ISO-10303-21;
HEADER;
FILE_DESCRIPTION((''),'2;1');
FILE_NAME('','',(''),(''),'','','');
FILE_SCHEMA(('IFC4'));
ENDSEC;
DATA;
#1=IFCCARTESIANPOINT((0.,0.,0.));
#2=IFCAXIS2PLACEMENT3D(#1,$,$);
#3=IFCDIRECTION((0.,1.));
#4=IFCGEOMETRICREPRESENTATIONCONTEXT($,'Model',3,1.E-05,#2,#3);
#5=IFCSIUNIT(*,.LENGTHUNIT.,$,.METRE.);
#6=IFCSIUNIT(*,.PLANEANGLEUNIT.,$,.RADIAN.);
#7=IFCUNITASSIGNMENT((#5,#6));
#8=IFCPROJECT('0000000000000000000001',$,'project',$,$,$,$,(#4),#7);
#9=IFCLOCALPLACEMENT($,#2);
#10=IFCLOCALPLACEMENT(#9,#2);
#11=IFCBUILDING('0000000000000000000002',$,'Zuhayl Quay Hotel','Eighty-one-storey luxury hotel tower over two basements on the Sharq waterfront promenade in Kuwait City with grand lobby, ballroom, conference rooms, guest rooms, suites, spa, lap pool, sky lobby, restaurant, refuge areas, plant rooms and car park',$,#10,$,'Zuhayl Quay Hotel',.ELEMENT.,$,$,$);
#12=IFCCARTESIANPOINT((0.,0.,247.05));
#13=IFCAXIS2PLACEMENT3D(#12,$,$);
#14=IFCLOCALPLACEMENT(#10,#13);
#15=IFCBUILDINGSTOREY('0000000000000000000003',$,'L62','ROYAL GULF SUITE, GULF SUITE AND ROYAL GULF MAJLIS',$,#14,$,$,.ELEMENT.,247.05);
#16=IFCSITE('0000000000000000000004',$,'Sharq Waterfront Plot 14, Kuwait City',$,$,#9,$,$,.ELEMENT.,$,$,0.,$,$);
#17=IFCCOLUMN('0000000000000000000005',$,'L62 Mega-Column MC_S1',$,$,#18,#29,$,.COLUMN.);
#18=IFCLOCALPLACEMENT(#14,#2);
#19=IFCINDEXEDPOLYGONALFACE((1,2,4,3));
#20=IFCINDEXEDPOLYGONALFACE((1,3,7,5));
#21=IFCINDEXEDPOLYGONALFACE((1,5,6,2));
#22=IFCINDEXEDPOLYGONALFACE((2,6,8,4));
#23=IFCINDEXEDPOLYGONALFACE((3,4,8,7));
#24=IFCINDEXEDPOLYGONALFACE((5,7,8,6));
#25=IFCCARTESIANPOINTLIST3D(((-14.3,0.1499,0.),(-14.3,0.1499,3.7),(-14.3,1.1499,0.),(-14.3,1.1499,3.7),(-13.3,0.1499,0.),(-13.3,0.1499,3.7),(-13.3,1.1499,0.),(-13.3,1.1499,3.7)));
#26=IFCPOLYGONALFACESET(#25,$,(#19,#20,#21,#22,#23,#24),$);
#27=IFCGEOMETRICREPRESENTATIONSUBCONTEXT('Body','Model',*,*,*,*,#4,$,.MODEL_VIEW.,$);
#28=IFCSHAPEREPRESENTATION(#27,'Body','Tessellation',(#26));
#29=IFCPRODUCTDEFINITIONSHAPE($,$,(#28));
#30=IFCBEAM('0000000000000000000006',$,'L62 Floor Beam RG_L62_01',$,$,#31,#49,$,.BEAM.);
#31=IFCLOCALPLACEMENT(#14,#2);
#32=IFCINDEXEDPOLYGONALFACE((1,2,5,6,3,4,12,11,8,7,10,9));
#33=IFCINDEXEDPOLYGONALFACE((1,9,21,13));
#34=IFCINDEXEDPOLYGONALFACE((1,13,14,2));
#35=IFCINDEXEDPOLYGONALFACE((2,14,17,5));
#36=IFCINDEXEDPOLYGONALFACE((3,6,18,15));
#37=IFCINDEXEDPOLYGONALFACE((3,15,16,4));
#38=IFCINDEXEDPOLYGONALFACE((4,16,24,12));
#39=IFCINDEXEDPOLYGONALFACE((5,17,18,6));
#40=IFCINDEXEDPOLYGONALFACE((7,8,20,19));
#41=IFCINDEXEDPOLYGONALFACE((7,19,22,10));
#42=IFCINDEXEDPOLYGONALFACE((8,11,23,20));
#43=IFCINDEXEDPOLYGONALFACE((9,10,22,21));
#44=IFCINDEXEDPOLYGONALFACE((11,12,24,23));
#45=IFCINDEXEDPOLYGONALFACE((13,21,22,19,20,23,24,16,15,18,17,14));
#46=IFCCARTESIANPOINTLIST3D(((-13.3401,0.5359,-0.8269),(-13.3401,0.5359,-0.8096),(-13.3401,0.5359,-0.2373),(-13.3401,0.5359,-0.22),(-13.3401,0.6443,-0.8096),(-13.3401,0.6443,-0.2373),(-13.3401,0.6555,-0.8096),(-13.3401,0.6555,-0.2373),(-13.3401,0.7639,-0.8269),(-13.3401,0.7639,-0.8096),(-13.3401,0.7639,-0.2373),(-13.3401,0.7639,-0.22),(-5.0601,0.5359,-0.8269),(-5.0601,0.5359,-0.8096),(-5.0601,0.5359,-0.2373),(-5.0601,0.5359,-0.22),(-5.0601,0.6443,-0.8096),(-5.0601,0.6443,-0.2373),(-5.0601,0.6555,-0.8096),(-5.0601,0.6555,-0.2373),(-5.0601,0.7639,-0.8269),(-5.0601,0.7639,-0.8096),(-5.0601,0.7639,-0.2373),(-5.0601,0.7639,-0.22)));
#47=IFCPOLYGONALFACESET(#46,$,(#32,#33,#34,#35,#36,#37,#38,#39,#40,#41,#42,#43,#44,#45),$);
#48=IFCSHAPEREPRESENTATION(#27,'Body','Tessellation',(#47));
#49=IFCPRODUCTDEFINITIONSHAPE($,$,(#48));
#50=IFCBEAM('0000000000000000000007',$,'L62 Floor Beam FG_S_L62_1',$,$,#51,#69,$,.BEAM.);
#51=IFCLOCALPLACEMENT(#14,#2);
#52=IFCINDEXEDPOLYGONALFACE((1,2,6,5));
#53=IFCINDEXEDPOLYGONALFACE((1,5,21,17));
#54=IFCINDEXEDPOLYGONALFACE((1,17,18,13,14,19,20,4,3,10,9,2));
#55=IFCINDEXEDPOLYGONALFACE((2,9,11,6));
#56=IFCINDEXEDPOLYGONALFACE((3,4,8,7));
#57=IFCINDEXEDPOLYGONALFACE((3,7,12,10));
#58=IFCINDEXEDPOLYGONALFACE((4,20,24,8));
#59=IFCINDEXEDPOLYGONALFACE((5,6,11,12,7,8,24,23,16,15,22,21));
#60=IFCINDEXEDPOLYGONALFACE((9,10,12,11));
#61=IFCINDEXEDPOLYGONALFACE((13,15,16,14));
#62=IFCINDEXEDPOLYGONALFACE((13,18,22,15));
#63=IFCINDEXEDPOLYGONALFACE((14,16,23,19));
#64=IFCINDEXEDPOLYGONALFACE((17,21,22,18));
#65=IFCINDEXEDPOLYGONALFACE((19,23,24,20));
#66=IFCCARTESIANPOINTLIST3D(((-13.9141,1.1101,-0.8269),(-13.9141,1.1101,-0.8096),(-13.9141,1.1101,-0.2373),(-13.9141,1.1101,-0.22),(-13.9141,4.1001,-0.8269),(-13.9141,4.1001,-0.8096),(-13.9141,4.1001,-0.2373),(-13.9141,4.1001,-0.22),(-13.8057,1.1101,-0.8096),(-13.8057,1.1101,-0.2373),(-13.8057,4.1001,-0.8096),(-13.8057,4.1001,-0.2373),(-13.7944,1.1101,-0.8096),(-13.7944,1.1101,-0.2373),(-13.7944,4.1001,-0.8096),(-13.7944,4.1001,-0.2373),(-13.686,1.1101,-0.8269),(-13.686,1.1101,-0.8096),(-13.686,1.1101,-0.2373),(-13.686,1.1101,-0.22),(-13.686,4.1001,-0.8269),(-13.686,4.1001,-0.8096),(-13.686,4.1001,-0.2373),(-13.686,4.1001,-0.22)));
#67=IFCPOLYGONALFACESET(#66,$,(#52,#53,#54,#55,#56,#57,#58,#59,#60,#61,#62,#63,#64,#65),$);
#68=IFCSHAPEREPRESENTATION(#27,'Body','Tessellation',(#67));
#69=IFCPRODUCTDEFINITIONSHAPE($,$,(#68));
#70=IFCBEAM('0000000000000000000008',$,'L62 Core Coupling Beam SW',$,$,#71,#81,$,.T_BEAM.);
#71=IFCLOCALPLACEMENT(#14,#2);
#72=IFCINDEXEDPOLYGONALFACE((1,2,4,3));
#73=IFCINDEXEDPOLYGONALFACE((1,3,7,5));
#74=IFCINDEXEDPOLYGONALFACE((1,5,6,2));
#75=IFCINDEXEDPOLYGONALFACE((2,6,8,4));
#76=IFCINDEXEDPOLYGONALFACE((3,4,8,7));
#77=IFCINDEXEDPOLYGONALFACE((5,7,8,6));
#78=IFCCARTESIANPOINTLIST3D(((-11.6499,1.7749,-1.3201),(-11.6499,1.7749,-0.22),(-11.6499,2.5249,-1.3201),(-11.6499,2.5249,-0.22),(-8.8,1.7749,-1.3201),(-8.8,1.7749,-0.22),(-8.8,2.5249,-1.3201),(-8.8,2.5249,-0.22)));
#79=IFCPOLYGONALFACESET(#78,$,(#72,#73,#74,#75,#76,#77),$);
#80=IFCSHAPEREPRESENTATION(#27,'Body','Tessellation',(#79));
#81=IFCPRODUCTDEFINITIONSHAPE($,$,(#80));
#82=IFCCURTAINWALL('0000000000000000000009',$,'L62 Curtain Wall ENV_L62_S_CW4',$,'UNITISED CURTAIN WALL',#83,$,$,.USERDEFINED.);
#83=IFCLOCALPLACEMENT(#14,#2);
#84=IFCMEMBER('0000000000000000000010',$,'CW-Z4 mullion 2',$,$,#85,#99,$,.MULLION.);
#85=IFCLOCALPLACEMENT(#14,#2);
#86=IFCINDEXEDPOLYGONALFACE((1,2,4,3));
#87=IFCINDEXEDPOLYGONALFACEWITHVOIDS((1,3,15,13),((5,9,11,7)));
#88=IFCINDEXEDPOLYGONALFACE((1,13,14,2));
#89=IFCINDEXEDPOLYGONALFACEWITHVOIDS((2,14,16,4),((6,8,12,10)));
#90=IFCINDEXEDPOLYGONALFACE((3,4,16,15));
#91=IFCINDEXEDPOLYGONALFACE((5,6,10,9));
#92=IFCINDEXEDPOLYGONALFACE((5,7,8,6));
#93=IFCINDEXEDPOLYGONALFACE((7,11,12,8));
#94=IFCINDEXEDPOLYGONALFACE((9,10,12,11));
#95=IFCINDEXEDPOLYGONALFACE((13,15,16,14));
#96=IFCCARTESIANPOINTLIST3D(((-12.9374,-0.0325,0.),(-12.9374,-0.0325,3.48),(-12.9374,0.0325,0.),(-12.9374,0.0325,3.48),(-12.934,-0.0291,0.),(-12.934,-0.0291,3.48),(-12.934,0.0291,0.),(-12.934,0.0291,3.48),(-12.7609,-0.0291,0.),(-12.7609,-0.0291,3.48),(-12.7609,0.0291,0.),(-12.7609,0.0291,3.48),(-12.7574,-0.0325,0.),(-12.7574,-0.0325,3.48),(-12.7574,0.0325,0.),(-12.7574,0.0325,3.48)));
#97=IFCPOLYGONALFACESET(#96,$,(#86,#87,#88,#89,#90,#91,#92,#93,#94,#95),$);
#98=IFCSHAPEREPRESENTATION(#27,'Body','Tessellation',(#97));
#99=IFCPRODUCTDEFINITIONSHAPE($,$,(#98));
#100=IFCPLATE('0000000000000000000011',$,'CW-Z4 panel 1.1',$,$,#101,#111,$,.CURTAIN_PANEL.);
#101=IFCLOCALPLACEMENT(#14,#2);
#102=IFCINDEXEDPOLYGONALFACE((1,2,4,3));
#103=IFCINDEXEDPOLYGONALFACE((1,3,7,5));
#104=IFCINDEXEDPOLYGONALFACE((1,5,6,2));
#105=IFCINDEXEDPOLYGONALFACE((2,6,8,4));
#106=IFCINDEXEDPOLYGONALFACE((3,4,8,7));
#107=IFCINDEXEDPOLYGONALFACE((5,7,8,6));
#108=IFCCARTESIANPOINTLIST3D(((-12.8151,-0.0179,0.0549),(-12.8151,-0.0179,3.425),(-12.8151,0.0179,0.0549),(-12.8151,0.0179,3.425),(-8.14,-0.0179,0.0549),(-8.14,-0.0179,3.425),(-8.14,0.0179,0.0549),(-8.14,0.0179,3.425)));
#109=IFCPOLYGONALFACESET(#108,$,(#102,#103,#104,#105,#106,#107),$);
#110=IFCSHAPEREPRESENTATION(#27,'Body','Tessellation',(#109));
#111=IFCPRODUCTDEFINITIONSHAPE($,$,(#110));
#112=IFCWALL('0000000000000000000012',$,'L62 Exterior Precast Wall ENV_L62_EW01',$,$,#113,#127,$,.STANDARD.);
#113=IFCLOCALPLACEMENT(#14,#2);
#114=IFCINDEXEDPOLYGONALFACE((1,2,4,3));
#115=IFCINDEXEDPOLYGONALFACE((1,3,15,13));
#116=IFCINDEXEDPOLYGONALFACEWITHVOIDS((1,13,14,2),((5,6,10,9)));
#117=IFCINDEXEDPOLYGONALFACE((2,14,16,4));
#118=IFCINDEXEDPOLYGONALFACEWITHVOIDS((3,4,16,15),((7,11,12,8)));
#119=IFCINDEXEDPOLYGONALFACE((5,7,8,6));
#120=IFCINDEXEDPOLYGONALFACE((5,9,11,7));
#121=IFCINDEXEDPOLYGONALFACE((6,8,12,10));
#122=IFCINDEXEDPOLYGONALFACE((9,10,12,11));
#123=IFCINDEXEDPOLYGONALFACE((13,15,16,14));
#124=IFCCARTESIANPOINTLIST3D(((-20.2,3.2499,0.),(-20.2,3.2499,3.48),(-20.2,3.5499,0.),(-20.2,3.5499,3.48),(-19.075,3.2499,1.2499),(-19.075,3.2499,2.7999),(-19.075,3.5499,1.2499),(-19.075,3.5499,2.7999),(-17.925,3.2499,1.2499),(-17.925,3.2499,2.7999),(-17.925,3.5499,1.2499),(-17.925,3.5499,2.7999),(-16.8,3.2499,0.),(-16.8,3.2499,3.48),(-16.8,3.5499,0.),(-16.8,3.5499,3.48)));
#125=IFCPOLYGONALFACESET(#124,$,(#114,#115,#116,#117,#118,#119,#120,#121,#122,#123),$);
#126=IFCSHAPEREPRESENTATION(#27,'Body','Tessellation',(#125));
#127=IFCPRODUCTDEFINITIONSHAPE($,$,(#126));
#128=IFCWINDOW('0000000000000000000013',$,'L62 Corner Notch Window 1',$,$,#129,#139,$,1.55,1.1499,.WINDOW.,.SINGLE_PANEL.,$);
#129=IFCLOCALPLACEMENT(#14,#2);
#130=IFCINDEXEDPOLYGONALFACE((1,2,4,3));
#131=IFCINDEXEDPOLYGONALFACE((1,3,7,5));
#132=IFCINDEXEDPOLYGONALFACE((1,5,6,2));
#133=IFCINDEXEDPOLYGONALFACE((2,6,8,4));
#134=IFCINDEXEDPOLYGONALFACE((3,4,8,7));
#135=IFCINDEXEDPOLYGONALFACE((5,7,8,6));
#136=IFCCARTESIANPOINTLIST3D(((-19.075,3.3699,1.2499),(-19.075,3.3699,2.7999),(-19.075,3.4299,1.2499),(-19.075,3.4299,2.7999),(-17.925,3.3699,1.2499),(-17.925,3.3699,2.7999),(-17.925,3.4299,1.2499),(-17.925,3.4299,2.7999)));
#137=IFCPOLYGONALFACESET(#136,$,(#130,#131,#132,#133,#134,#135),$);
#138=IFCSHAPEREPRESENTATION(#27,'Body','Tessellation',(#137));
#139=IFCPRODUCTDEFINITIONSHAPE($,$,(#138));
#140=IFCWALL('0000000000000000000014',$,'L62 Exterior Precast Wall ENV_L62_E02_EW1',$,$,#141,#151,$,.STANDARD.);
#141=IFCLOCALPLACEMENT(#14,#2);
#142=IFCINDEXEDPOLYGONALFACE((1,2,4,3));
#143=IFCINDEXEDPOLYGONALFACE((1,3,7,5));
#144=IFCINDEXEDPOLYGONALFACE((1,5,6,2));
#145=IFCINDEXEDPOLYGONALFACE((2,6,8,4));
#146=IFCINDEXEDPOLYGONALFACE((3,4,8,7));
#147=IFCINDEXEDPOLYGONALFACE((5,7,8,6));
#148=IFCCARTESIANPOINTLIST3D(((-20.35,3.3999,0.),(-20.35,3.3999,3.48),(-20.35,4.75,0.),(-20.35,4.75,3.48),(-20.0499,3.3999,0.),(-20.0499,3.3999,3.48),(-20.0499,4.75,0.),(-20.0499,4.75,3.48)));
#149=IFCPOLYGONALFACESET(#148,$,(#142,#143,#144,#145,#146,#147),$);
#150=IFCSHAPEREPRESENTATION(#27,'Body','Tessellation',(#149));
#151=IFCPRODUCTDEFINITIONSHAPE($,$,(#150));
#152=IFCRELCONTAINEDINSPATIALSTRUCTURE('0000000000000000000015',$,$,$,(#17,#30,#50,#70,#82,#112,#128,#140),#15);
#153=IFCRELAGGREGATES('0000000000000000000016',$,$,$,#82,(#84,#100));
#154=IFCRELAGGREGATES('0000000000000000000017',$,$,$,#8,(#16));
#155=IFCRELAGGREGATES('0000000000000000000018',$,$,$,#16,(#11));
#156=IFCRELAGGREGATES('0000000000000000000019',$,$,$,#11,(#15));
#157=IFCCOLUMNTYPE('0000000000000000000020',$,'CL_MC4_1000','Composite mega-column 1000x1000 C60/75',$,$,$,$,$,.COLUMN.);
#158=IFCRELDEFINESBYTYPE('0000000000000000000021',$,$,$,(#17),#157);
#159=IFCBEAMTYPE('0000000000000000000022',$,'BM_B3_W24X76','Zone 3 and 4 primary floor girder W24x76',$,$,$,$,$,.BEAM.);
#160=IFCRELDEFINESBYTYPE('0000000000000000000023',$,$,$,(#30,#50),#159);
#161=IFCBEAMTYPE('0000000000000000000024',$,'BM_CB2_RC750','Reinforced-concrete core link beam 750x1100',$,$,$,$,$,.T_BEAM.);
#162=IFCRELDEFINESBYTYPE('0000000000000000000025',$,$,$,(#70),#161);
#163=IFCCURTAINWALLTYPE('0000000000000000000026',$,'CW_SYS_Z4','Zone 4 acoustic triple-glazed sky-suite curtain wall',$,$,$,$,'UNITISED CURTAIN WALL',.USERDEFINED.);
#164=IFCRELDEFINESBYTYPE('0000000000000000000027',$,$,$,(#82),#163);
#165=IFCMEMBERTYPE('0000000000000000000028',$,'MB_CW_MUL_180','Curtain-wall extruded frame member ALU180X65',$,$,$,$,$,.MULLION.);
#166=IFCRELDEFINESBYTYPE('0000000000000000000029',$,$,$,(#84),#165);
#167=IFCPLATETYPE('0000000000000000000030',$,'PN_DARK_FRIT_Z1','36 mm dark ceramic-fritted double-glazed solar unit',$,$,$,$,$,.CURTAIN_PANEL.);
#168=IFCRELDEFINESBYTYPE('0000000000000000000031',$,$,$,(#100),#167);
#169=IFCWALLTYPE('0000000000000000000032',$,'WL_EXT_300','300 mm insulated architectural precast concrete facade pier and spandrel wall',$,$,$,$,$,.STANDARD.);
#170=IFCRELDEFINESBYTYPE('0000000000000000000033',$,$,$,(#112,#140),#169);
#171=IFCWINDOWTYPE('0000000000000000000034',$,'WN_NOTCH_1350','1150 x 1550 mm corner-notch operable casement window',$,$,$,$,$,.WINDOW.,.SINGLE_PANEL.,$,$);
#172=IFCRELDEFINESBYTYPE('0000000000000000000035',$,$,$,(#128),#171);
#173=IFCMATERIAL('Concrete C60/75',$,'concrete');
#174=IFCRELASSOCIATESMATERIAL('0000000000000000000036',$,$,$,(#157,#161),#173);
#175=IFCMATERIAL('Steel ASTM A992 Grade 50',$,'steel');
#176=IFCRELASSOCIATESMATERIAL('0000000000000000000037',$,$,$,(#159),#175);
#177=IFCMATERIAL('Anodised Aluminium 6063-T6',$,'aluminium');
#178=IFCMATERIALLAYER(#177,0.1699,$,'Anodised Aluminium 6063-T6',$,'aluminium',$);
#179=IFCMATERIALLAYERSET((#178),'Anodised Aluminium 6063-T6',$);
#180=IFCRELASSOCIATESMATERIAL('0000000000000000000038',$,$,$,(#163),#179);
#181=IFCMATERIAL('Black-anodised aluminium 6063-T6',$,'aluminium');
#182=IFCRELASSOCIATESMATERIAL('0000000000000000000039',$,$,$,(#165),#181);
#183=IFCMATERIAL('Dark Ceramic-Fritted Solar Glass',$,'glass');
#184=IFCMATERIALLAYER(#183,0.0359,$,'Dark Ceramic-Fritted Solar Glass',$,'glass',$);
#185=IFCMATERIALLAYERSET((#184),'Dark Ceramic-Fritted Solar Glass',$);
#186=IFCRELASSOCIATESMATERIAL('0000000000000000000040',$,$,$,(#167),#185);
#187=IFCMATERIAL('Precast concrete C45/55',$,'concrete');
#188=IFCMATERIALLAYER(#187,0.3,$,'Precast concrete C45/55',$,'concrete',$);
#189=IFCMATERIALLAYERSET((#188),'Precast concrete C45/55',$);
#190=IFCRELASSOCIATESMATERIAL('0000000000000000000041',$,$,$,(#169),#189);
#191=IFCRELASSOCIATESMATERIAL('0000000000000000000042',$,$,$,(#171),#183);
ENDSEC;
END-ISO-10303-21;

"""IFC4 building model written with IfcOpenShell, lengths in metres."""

from ifc_helpers import new_model, si_unit, direction, frame, frame_2d, origin, origin_2d, place, context, subcontext, project, spatial, rectangle, hollow_rectangle, i_section, extrude, material, layer, layer_set, material_profile, profile_set, type_object, element, fill, aggregate, save


model = new_model("IFC4")

# Units and contexts
model_context = context("Model", 3, precision=1e-05, world=origin(), true_north=direction((0.0, 1.0)))
body_context = subcontext(model_context, "Body", "Model", "MODEL_VIEW")
ifc_project = project(units=[si_unit("LENGTHUNIT", "METRE"), si_unit("PLANEANGLEUNIT", "RADIAN")], contexts=[model_context])

# Site, building, storey
site_placement = place(None, origin())
site = spatial("IfcSite", under=ifc_project, at=site_placement, Name="Sharq Waterfront Plot 14, Kuwait City", CompositionType="ELEMENT", RefElevation=0.0)
building_placement = place(site_placement, origin())
building = spatial("IfcBuilding", under=site, at=building_placement, Name="Zuhayl Quay Hotel", Description="Eighty-one-storey luxury hotel tower over two basements on the Sharq waterfront promenade in Kuwait City with grand lobby, ballroom, conference rooms, guest rooms, suites, spa, lap pool, sky lobby, restaurant, refuge areas, plant rooms and car park", LongName="Zuhayl Quay Hotel", CompositionType="ELEMENT")
storey_placement = place(building_placement, frame((0.0, 0.0, 247.05)))
storey = spatial("IfcBuildingStorey", under=building, at=storey_placement, Name="L62", Description="ROYAL GULF SUITE, GULF SUITE AND ROYAL GULF MAJLIS", CompositionType="ELEMENT", Elevation=247.05)

# Column
ifc_material_1 = material(Name="Concrete C60/75", Category="concrete")
ifc_material_profile_1 = material_profile(ifc_material_1, rectangle(XDim=1.0, YDim=1.0, at=origin_2d()), Name="RC1000X1000")
ifc_profile_set_1 = profile_set([ifc_material_profile_1], Name="Concrete C60/75")
column_type = type_object("IfcColumnType", Name="CL_MC4_1000", Description="Composite mega-column 1000x1000 C60/75", PredefinedType="COLUMN", material=ifc_profile_set_1)
column_placement = place(storey_placement, frame((-13.8, 0.6499, 0.0), z_axis=(0.0, 0.0, 1.0), x_axis=(1.0, 0.0, 0.0)))
element("IfcColumn", 1, at=column_placement, inside=storey, type_object=column_type, Name="L62 Mega-Column MC_S1", PredefinedType="COLUMN", context=body_context, shape_type="SweptSolid", body=[
    extrude(rectangle(XDim=1.0, YDim=1.0, at=origin_2d()), origin(), (0.0, 0.0, 1.0), 3.7),
])

# Beams
ifc_material_2 = material(Name="Steel ASTM A992 Grade 50", Category="steel")
ifc_material_profile_2 = material_profile(ifc_material_2, i_section(OverallWidth=0.228, OverallDepth=0.6069, WebThickness=0.0112, FlangeThickness=0.0173, at=origin_2d()), Name="W24X76")
ifc_profile_set_2 = profile_set([ifc_material_profile_2], Name="Steel ASTM A992 Grade 50")
beam_type_1 = type_object("IfcBeamType", Name="BM_B3_W24X76", Description="Zone 3 and 4 primary floor girder W24x76", PredefinedType="BEAM", material=ifc_profile_set_2)
beam_1_placement = place(storey_placement, frame((-13.3401, 0.6499, -0.5234), z_axis=(1.0, 0.0, 0.0), x_axis=(0.0, 1.0, 0.0)))
element("IfcBeam", 2, at=beam_1_placement, inside=storey, type_object=beam_type_1, Name="L62 Floor Beam RG_L62_01", PredefinedType="BEAM", context=body_context, shape_type="SweptSolid", body=[
    extrude(i_section(OverallWidth=0.228, OverallDepth=0.6069, WebThickness=0.0112, FlangeThickness=0.0173, at=origin_2d()), origin(), (0.0, 0.0, 1.0), 8.28),
])
beam_2_placement = place(storey_placement, frame((-13.8, 1.1101, -0.5234), z_axis=(0.0, 1.0, 0.0), x_axis=(-1.0, 0.0, 0.0)))
element("IfcBeam", 3, at=beam_2_placement, inside=storey, type_object=beam_type_1, Name="L62 Floor Beam FG_S_L62_1", PredefinedType="BEAM", context=body_context, shape_type="SweptSolid", body=[
    extrude(i_section(OverallWidth=0.228, OverallDepth=0.6069, WebThickness=0.0112, FlangeThickness=0.0173, at=origin_2d()), origin(), (0.0, 0.0, 1.0), 2.99),
])
ifc_material_profile_3 = material_profile(ifc_material_1, rectangle(XDim=0.75, YDim=1.1001, at=origin_2d()), Name="RC750X1100")
ifc_profile_set_3 = profile_set([ifc_material_profile_3], Name="Concrete C60/75")
beam_type_2 = type_object("IfcBeamType", Name="BM_CB2_RC750", Description="Reinforced-concrete core link beam 750x1100", PredefinedType="T_BEAM", material=ifc_profile_set_3)
beam_3_placement = place(storey_placement, frame((-11.6499, 2.1499, -0.77), z_axis=(1.0, 0.0, 0.0), x_axis=(0.0, 1.0, 0.0)))
element("IfcBeam", 4, at=beam_3_placement, inside=storey, type_object=beam_type_2, Name="L62 Core Coupling Beam SW", PredefinedType="T_BEAM", context=body_context, shape_type="SweptSolid", body=[
    extrude(rectangle(XDim=0.75, YDim=1.1001, at=origin_2d()), origin(), (0.0, 0.0, 1.0), 2.8499),
])

# Curtain wall, member, plate
ifc_material_3 = material(Name="Anodised Aluminium 6063-T6", Category="aluminium")
ifc_layer_1 = layer(ifc_material_3, 0.1699, Name="Anodised Aluminium 6063-T6", Category="aluminium")
ifc_layer_set_1 = layer_set([ifc_layer_1], Name="Anodised Aluminium 6063-T6")
curtain_wall_type = type_object("IfcCurtainWallType", Name="CW_SYS_Z4", Description="Zone 4 acoustic triple-glazed sky-suite curtain wall", ElementType="UNITISED CURTAIN WALL", PredefinedType="USERDEFINED", material=ifc_layer_set_1)
curtain_wall_placement = place(storey_placement, origin())
curtain_wall = element("IfcCurtainWall", 5, at=curtain_wall_placement, inside=storey, type_object=curtain_wall_type, Name="L62 Curtain Wall ENV_L62_S_CW4", ObjectType="UNITISED CURTAIN WALL", PredefinedType="USERDEFINED")
ifc_material_4 = material(Name="Black-anodised aluminium 6063-T6", Category="aluminium")
ifc_material_profile_4 = material_profile(ifc_material_4, hollow_rectangle(XDim=0.0649, YDim=0.1799, WallThickness=0.0034, at=origin_2d()), Name="ALU180X65")
ifc_profile_set_4 = profile_set([ifc_material_profile_4], Name="Black-anodised aluminium 6063-T6")
member_type = type_object("IfcMemberType", Name="MB_CW_MUL_180", Description="Curtain-wall extruded frame member ALU180X65", PredefinedType="MULLION", material=ifc_profile_set_4)
member_placement = place(storey_placement, frame((-12.8474, 0.0, 0.0), z_axis=(0.0, 0.0, 1.0), x_axis=(0.0, -1.0, 0.0)))
member = element("IfcMember", 6, at=member_placement, type_object=member_type, Name="CW-Z4 mullion 2", PredefinedType="MULLION", context=body_context, shape_type="SweptSolid", body=[
    extrude(hollow_rectangle(XDim=0.0649, YDim=0.1799, WallThickness=0.0034, at=origin_2d()), origin(), (0.0, 0.0, 1.0), 3.48),
])
ifc_material_5 = material(Name="Dark Ceramic-Fritted Solar Glass", Category="glass")
ifc_layer_2 = layer(ifc_material_5, 0.0359, Name="Dark Ceramic-Fritted Solar Glass", Category="glass")
ifc_layer_set_2 = layer_set([ifc_layer_2], Name="Dark Ceramic-Fritted Solar Glass")
plate_type = type_object("IfcPlateType", Name="PN_DARK_FRIT_Z1", Description="36 mm dark ceramic-fritted double-glazed solar unit", PredefinedType="CURTAIN_PANEL", material=ifc_layer_set_2)
plate_placement = place(storey_placement, frame((-10.4775, 0.0, 0.0549), z_axis=(0.0, 0.0, 1.0), x_axis=(-1.0, 0.0, 0.0)))
plate = element("IfcPlate", 7, at=plate_placement, type_object=plate_type, Name="CW-Z4 panel 1.1", PredefinedType="CURTAIN_PANEL", context=body_context, shape_type="SweptSolid", body=[
    extrude(rectangle(XDim=4.675, YDim=0.0359, at=origin_2d()), origin(), (0.0, 0.0, 1.0), 3.3701),
])
aggregate(curtain_wall, [member, plate])

# Wall, opening, window
ifc_material_6 = material(Name="Precast concrete C45/55", Category="concrete")
ifc_layer_3 = layer(ifc_material_6, 0.3, Name="Precast concrete C45/55", Category="concrete")
ifc_layer_set_3 = layer_set([ifc_layer_3], Name="Precast concrete C45/55")
wall_type_1 = type_object("IfcWallType", Name="WL_EXT_300", Description="300 mm insulated architectural precast concrete facade pier and spandrel wall", PredefinedType="STANDARD", material=ifc_layer_set_3)
wall_1_placement = place(storey_placement, frame((-16.8, 3.3999, 0.0), z_axis=(0.0, 0.0, 1.0), x_axis=(-1.0, 0.0, 0.0)))
wall_1 = element("IfcWall", 8, at=wall_1_placement, inside=storey, type_object=wall_type_1, Name="L62 Exterior Precast Wall ENV_L62_EW01", PredefinedType="STANDARD", context=body_context, shape_type="SweptSolid", body=[
    extrude(rectangle(XDim=3.3999, YDim=0.3, at=frame_2d((1.7, 0.0))), origin(), (0.0, 0.0, 1.0), 3.48),
])
opening_1_placement = place(wall_1_placement, frame((1.125, 0.0, 1.25)))
opening_1 = element("IfcOpeningElement", 9, at=opening_1_placement, cuts=wall_1, PredefinedType="OPENING", context=body_context, shape_type="SweptSolid", body=[
    extrude(rectangle(XDim=1.1499, YDim=1.55, at=frame_2d((0.575, 0.7749))), frame((0.0, 0.1599, 0.0), z_axis=(0.0, -1.0, 0.0), x_axis=(1.0, 0.0, 0.0)), (0.0, 0.0, 1.0), 0.3201),
])
window_type = type_object("IfcWindowType", Name="WN_NOTCH_1350", Description="1150 x 1550 mm corner-notch operable casement window", PartitioningType="SINGLE_PANEL", PredefinedType="WINDOW", material=ifc_material_5)
window_1_placement = place(opening_1_placement, origin())
window_1 = element("IfcWindow", 10, at=window_1_placement, inside=storey, type_object=window_type, Name="L62 Corner Notch Window 1", OverallHeight=1.55, OverallWidth=1.1499, PartitioningType="SINGLE_PANEL", PredefinedType="WINDOW", context=body_context, shape_type="SweptSolid", body=[
    extrude(rectangle(XDim=1.1499, YDim=1.55, at=frame_2d((0.575, 0.7749))), frame((0.0, 0.03, 0.0), z_axis=(0.0, -1.0, 0.0), x_axis=(1.0, 0.0, 0.0)), (0.0, 0.0, 1.0), 0.0601),
])
fill(opening_1, window_1)

# Wall
wall_2_placement = place(storey_placement, frame((-20.2, 3.3999, 0.0), z_axis=(0.0, 0.0, 1.0), x_axis=(0.0, 1.0, 0.0)))
element("IfcWall", 11, at=wall_2_placement, inside=storey, type_object=wall_type_1, Name="L62 Exterior Precast Wall ENV_L62_E02_EW1", PredefinedType="STANDARD", context=body_context, shape_type="SweptSolid", body=[
    extrude(rectangle(XDim=1.3501, YDim=0.3, at=frame_2d((0.675, 0.0))), origin(), (0.0, 0.0, 1.0), 3.48),
])

save(model, "model.ifc")
